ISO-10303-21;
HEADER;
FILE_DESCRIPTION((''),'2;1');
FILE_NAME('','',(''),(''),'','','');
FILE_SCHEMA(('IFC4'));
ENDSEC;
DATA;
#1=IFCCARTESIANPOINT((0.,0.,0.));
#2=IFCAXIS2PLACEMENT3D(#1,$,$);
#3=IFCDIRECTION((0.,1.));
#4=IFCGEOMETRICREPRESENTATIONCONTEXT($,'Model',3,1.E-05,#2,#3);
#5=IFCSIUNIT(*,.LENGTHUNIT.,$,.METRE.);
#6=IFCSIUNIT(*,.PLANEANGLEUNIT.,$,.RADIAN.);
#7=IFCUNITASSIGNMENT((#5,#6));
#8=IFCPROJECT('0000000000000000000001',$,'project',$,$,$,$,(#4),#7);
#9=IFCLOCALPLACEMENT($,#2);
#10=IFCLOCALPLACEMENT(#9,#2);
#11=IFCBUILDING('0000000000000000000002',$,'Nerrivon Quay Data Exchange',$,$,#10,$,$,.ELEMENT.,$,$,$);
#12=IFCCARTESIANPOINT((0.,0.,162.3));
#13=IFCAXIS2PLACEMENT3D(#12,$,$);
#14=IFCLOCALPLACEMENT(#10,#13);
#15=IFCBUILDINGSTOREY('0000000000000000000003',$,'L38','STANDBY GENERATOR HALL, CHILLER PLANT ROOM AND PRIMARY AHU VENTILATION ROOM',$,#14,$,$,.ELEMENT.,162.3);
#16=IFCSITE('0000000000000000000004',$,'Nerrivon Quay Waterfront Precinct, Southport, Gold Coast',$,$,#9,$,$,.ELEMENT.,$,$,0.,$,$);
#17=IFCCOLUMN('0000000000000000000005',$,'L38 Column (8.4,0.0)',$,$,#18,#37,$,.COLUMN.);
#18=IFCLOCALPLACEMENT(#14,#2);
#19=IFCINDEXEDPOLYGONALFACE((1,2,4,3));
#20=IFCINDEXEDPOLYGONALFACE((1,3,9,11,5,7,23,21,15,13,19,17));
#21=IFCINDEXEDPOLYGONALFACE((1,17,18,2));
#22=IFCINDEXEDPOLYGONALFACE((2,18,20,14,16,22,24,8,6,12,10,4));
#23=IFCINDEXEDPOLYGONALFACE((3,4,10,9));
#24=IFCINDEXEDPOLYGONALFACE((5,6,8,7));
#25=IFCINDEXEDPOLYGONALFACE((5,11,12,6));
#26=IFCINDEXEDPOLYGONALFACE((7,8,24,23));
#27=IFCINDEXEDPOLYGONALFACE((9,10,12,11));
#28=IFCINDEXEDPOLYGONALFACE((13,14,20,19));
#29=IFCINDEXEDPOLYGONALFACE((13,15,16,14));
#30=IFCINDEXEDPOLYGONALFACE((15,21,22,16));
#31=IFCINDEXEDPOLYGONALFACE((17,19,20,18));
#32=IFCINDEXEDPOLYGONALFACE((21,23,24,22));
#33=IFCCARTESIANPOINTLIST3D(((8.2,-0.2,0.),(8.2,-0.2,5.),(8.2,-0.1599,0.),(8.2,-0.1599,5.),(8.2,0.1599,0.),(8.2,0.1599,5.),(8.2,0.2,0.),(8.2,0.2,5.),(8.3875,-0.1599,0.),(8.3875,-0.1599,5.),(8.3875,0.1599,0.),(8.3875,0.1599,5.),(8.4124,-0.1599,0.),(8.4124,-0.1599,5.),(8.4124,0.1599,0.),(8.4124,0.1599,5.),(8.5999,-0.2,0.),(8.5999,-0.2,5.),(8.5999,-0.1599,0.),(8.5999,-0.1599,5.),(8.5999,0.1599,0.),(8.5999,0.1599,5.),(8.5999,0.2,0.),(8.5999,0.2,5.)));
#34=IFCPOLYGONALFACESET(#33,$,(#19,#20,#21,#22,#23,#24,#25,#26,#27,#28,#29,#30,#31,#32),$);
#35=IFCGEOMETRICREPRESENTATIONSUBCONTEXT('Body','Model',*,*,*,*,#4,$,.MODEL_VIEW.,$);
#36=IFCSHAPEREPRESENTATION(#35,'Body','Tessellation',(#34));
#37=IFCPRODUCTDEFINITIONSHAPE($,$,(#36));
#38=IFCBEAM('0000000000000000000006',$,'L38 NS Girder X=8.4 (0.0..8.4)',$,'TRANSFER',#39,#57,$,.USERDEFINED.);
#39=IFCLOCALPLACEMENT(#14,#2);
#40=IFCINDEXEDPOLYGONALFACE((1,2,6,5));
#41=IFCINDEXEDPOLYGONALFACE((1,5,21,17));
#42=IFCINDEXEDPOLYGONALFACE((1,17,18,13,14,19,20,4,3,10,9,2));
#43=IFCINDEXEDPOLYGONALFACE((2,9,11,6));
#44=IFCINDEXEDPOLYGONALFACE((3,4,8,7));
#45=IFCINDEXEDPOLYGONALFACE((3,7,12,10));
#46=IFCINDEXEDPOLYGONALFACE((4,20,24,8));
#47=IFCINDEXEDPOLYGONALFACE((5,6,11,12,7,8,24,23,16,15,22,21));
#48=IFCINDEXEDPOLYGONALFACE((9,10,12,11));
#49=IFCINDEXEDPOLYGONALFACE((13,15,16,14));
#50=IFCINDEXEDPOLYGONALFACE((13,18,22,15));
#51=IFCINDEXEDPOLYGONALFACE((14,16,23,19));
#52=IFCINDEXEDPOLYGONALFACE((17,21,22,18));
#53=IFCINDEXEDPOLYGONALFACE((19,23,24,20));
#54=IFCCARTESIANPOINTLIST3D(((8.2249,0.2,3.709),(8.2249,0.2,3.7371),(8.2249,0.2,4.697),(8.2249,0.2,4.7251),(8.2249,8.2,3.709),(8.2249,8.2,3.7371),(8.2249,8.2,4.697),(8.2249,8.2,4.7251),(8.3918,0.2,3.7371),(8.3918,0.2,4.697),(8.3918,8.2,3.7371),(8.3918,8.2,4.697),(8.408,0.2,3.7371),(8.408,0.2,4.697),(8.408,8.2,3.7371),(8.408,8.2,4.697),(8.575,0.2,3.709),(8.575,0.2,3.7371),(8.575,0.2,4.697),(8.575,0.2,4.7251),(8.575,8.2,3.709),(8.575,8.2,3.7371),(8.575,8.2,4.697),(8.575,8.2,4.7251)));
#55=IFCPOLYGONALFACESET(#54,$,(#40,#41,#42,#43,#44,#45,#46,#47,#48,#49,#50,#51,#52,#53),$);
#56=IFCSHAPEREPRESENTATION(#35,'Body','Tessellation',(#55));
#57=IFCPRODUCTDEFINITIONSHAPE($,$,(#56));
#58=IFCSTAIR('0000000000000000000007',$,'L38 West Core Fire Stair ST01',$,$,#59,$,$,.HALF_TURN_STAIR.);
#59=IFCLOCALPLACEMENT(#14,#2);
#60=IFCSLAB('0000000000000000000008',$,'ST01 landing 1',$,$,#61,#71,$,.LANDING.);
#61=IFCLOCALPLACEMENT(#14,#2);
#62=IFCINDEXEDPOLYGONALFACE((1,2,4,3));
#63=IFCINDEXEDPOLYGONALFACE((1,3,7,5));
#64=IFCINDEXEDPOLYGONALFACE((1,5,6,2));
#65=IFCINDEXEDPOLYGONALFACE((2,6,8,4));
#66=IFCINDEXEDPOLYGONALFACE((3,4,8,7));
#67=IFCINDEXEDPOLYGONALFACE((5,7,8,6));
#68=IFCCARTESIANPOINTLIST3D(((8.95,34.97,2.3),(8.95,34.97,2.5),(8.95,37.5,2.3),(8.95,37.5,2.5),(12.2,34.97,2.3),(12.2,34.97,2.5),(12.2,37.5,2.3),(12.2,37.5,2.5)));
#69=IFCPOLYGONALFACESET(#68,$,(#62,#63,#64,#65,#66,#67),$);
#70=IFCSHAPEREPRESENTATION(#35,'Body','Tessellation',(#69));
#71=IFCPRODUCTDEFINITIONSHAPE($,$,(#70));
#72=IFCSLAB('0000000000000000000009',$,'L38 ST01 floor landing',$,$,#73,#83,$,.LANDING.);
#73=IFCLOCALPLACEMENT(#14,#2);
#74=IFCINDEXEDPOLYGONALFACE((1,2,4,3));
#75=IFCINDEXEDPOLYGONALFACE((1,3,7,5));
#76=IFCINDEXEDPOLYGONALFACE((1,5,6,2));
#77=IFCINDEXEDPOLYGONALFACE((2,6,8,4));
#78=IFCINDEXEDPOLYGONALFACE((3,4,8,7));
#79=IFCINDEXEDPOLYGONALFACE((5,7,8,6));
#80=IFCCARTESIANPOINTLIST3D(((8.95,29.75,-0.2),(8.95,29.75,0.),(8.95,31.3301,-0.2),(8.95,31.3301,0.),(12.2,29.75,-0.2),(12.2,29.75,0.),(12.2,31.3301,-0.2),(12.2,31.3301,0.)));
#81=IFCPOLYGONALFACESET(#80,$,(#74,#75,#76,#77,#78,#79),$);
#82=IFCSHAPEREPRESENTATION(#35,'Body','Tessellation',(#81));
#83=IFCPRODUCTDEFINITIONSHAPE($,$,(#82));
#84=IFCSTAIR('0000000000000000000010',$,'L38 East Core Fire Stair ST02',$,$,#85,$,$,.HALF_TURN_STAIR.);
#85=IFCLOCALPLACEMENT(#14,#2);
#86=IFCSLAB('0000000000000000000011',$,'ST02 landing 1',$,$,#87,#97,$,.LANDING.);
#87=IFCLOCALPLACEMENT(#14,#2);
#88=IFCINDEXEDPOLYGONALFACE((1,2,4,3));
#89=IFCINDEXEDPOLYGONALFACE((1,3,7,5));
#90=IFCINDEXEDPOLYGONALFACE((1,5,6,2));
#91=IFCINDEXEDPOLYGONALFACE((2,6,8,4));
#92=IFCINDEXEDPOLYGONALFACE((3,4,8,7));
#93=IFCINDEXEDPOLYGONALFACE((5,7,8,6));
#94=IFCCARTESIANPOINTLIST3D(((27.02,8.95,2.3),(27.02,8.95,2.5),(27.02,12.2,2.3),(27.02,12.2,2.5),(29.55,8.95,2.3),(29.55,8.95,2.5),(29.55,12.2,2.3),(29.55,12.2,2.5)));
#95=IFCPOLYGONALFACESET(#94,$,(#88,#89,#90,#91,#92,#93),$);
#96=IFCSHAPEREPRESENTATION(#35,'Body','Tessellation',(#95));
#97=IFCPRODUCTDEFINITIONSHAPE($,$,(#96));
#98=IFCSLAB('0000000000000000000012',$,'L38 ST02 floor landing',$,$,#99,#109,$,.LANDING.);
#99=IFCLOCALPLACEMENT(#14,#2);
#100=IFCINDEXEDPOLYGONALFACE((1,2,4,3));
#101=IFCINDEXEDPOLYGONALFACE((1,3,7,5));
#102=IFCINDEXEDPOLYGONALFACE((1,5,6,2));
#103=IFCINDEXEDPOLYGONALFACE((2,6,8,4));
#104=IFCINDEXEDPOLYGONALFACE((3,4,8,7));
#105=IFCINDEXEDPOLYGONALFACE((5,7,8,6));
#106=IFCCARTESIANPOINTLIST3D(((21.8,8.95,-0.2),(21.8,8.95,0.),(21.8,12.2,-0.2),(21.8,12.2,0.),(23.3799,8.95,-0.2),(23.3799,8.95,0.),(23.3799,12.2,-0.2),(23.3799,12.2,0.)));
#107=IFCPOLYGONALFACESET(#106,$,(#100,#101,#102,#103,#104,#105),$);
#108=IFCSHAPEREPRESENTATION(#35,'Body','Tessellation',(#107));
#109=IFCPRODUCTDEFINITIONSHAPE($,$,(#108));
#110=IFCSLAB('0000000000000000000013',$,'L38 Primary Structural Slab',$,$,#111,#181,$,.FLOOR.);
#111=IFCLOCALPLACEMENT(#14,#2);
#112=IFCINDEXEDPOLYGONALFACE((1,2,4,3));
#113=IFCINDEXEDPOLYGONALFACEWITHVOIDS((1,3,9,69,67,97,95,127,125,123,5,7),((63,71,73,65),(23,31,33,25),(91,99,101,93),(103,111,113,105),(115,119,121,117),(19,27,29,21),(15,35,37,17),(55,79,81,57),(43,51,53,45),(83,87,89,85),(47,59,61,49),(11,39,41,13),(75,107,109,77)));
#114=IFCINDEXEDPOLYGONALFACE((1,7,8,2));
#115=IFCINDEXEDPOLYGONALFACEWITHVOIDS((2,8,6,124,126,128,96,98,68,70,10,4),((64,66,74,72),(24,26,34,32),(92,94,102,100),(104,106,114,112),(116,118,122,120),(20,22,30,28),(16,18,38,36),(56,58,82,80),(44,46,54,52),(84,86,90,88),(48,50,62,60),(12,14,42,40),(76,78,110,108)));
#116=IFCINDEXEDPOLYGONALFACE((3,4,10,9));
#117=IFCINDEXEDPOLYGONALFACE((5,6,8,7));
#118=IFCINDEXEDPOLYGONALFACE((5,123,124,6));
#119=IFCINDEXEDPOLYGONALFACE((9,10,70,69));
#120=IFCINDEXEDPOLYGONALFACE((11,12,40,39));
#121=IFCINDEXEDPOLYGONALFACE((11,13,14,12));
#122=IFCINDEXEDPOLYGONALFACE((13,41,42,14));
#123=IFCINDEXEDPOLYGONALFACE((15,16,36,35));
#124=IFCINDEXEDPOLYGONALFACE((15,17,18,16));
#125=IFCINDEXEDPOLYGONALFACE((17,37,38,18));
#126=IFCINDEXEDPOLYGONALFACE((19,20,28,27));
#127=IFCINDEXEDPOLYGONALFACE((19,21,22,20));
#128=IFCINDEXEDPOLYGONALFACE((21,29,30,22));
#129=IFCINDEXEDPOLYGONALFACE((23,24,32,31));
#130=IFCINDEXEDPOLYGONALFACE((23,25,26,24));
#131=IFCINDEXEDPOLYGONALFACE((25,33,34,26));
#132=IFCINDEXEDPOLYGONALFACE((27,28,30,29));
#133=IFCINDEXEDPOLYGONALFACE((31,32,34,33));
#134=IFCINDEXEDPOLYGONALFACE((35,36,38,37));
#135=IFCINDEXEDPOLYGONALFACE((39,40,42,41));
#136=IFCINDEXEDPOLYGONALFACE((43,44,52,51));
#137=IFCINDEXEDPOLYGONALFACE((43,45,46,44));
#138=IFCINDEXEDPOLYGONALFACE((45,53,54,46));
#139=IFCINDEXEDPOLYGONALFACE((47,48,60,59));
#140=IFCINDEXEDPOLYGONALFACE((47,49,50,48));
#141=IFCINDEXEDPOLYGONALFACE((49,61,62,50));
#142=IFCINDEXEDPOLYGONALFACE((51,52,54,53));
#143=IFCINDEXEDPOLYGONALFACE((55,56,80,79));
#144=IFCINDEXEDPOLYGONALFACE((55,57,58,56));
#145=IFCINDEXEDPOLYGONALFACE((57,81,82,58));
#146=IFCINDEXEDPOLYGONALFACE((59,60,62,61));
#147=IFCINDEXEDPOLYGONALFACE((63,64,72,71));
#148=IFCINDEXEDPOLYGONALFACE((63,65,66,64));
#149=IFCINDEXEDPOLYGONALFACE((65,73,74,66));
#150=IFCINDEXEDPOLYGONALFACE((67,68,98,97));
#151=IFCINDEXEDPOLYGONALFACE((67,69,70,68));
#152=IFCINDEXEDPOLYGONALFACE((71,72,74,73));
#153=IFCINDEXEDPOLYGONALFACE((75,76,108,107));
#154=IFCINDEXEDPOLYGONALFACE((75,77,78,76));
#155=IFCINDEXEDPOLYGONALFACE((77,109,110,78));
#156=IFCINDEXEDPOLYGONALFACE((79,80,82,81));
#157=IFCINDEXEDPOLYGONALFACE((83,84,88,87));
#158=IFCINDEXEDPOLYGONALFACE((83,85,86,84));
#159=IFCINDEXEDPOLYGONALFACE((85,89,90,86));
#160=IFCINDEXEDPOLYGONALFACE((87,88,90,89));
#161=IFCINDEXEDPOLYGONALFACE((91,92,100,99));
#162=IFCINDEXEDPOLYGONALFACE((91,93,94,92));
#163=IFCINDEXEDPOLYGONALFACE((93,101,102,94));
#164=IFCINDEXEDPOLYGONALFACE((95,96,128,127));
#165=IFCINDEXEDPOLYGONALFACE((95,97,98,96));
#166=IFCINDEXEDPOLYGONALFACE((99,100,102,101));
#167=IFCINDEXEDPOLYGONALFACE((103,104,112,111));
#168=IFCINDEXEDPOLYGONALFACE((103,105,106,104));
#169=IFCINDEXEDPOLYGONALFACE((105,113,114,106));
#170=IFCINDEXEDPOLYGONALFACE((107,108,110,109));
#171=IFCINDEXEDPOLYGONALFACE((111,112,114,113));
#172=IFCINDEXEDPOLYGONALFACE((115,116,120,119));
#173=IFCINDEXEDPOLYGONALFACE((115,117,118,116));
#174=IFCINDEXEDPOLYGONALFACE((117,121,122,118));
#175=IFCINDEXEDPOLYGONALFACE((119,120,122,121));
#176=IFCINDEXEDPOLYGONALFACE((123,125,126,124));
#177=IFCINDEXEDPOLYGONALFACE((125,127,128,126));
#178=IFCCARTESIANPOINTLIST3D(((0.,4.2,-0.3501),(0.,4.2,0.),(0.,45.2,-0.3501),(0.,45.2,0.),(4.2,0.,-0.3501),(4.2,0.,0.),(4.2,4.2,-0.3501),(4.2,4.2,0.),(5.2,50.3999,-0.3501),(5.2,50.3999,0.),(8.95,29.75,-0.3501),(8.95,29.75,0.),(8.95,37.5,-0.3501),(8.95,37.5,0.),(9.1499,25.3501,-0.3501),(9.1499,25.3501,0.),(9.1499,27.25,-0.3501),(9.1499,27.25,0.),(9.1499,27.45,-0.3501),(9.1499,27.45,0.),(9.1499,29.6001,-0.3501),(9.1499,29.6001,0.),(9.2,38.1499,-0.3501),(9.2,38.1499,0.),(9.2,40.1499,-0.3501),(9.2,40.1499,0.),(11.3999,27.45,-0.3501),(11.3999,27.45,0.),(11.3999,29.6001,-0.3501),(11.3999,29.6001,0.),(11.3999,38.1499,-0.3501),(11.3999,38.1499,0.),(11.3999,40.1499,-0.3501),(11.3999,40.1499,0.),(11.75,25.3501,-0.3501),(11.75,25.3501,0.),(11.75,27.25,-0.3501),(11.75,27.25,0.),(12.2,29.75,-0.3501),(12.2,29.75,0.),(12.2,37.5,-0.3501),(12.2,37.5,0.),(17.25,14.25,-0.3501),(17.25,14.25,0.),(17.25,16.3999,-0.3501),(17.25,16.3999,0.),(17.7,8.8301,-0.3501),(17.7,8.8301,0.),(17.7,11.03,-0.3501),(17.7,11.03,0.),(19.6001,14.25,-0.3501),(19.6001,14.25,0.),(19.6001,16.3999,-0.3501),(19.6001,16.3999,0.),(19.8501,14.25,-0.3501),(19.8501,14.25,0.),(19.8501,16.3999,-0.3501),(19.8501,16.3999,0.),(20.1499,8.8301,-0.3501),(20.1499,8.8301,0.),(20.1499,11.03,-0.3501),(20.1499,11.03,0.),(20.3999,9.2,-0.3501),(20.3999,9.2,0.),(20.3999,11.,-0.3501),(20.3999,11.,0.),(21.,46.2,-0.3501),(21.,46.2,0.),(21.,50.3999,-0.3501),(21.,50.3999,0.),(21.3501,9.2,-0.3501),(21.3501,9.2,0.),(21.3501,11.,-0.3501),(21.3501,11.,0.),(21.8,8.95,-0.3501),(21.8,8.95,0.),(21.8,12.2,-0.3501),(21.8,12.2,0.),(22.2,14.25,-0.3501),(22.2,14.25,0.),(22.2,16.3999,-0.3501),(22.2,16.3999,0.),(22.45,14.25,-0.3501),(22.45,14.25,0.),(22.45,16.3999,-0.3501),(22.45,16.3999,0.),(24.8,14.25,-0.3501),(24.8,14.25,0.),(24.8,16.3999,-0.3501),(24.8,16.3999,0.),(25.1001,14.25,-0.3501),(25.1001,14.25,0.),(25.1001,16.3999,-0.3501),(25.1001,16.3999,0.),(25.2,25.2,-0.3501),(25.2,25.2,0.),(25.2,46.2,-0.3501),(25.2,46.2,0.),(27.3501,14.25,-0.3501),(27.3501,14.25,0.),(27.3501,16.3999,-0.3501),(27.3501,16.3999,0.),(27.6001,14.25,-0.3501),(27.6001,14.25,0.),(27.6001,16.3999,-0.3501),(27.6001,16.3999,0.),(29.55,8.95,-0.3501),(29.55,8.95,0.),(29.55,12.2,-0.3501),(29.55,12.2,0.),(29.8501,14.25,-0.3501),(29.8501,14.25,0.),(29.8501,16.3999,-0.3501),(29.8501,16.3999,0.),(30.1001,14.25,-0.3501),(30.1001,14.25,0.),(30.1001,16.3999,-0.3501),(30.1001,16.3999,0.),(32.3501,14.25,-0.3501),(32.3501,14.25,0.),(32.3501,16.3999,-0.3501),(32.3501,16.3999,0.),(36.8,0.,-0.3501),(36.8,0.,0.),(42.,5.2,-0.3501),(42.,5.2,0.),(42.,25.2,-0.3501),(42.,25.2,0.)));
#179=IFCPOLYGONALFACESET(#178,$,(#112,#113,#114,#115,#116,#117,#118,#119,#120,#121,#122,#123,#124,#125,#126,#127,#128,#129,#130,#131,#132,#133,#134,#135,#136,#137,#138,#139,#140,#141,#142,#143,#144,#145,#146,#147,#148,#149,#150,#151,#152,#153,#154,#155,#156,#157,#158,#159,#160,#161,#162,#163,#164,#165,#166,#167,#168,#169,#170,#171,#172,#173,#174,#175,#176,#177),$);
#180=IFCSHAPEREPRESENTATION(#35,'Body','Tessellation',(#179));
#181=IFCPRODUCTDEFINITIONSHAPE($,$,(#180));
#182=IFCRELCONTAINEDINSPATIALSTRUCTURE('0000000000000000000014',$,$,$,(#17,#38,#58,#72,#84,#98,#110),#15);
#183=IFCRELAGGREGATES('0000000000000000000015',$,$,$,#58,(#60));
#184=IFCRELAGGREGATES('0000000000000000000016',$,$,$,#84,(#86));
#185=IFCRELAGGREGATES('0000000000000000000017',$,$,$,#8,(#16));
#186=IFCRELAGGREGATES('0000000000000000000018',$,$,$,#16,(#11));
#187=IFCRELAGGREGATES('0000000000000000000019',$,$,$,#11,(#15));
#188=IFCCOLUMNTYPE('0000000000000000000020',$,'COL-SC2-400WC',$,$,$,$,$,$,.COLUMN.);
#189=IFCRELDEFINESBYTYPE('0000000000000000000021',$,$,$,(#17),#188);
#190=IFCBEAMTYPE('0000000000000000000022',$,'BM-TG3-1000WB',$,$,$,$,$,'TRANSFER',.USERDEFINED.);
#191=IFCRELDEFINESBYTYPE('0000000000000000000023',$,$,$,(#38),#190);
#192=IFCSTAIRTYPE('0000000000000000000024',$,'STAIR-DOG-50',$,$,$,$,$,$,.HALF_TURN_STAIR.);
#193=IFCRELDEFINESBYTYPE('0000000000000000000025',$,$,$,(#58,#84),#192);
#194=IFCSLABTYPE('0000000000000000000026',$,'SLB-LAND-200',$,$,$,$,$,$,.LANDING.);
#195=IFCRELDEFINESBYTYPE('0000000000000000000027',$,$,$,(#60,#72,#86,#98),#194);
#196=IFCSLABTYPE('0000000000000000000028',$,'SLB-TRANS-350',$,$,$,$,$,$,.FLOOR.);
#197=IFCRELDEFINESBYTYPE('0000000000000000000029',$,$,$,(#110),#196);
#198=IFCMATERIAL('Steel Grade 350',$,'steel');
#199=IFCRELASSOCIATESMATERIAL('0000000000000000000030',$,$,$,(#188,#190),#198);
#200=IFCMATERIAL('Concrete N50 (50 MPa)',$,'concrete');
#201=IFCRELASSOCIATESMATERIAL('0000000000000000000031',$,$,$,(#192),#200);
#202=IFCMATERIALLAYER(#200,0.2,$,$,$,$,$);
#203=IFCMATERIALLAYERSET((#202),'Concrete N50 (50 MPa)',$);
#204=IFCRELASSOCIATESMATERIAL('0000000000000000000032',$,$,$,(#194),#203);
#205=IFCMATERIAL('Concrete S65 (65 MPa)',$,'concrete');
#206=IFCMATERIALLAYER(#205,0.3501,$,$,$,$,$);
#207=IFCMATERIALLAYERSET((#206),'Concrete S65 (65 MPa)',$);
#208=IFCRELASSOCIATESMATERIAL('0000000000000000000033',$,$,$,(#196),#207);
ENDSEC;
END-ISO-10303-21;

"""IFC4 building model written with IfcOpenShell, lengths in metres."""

from ifc_helpers import new_model, si_unit, direction, frame, origin, origin_2d, place, context, subcontext, project, spatial, polyline, i_section, outline, extrude, material, layer, layer_set, material_profile, profile_set, type_object, element, aggregate, save


model = new_model("IFC4")

# Units and contexts
model_context = context("Model", 3, precision=1e-05, world=origin(), true_north=direction((0.0, 1.0)))
body_context = subcontext(model_context, "Body", "Model", "MODEL_VIEW")
ifc_project = project(units=[si_unit("LENGTHUNIT", "METRE"), si_unit("PLANEANGLEUNIT", "RADIAN")], contexts=[model_context])

# Site, building, storey
site_placement = place(None, origin())
site = spatial("IfcSite", under=ifc_project, at=site_placement, Name="Nerrivon Quay Waterfront Precinct, Southport, Gold Coast", CompositionType="ELEMENT", RefElevation=0.0)
building_placement = place(site_placement, origin())
building = spatial("IfcBuilding", under=site, at=building_placement, Name="Nerrivon Quay Data Exchange", CompositionType="ELEMENT")
storey_placement = place(building_placement, frame((0.0, 0.0, 162.3)))
storey = spatial("IfcBuildingStorey", under=building, at=storey_placement, Name="L38", Description="STANDBY GENERATOR HALL, CHILLER PLANT ROOM AND PRIMARY AHU VENTILATION ROOM", CompositionType="ELEMENT", Elevation=162.3)

# Column
ifc_material_1 = material(Name="Steel Grade 350", Category="steel")
ifc_material_profile_1 = material_profile(ifc_material_1, i_section(OverallWidth=0.3999, OverallDepth=0.3999, WebThickness=0.0249, FlangeThickness=0.04, at=origin_2d()), Name="400WC328")
ifc_profile_set_1 = profile_set([ifc_material_profile_1], Name="Steel Grade 350")
column_type = type_object("IfcColumnType", Name="COL-SC2-400WC", PredefinedType="COLUMN", material=ifc_profile_set_1)
column_placement = place(storey_placement, frame((8.3999, 0.0, 0.0), z_axis=(0.0, 0.0, 1.0), x_axis=(1.0, 0.0, 0.0)))
element("IfcColumn", 1, at=column_placement, inside=storey, type_object=column_type, Name="L38 Column (8.4,0.0)", PredefinedType="COLUMN", context=body_context, shape_type="SweptSolid", body=[
    extrude(i_section(OverallWidth=0.3999, OverallDepth=0.3999, WebThickness=0.0249, FlangeThickness=0.04, at=origin_2d()), origin(), (0.0, 0.0, 1.0), 5.0),
])

# Beam
ifc_material_profile_2 = material_profile(ifc_material_1, i_section(OverallWidth=0.3501, OverallDepth=1.0161, WebThickness=0.0161, FlangeThickness=0.0281, at=origin_2d()), Name="1000WB258")
ifc_profile_set_2 = profile_set([ifc_material_profile_2], Name="Steel Grade 350")
beam_type = type_object("IfcBeamType", Name="BM-TG3-1000WB", ElementType="TRANSFER", PredefinedType="USERDEFINED", material=ifc_profile_set_2)
beam_placement = place(storey_placement, frame((8.3999, 0.2, 4.217), z_axis=(0.0, 1.0, 0.0), x_axis=(-1.0, 0.0, 0.0)))
element("IfcBeam", 2, at=beam_placement, inside=storey, type_object=beam_type, Name="L38 NS Girder X=8.4 (0.0..8.4)", ObjectType="TRANSFER", PredefinedType="USERDEFINED", context=body_context, shape_type="SweptSolid", body=[
    extrude(i_section(OverallWidth=0.3501, OverallDepth=1.0161, WebThickness=0.0161, FlangeThickness=0.0281, at=origin_2d()), origin(), (0.0, 0.0, 1.0), 8.0),
])

# Stair, slab
ifc_material_2 = material(Name="Concrete N50 (50 MPa)", Category="concrete")
stair_type = type_object("IfcStairType", Name="STAIR-DOG-50", PredefinedType="HALF_TURN_STAIR", material=ifc_material_2)
stair_1_placement = place(storey_placement, origin())
stair_1 = element("IfcStair", 3, at=stair_1_placement, inside=storey, type_object=stair_type, Name="L38 West Core Fire Stair ST01", PredefinedType="HALF_TURN_STAIR")
ifc_layer_1 = layer(ifc_material_2, 0.2)
ifc_layer_set_1 = layer_set([ifc_layer_1], Name="Concrete N50 (50 MPa)")
slab_type_1 = type_object("IfcSlabType", Name="SLB-LAND-200", PredefinedType="LANDING", material=ifc_layer_set_1)
slab_1_placement = place(storey_placement, frame((0.0, 0.0, 2.3)))
slab_1 = element("IfcSlab", 4, at=slab_1_placement, type_object=slab_type_1, Name="ST01 landing 1", PredefinedType="LANDING", context=body_context, shape_type="SweptSolid", body=[
    extrude(outline(polyline([(12.2, 34.97), (12.2, 37.5), (8.95, 37.5), (8.95, 34.97), (12.2, 34.97)])), origin(), (0.0, 0.0, 1.0), 0.2),
])
aggregate(stair_1, [slab_1])

# Slab
slab_2_placement = place(storey_placement, frame((0.0, 0.0, -0.2)))
element("IfcSlab", 5, at=slab_2_placement, inside=storey, type_object=slab_type_1, Name="L38 ST01 floor landing", PredefinedType="LANDING", context=body_context, shape_type="SweptSolid", body=[
    extrude(outline(polyline([(12.2, 29.75), (12.2, 31.3301), (8.95, 31.3301), (8.95, 29.75), (12.2, 29.75)])), origin(), (0.0, 0.0, 1.0), 0.2),
])

# Stair, slab
stair_2_placement = place(storey_placement, origin())
stair_2 = element("IfcStair", 6, at=stair_2_placement, inside=storey, type_object=stair_type, Name="L38 East Core Fire Stair ST02", PredefinedType="HALF_TURN_STAIR")
slab_3_placement = place(storey_placement, frame((0.0, 0.0, 2.3)))
slab_3 = element("IfcSlab", 7, at=slab_3_placement, type_object=slab_type_1, Name="ST02 landing 1", PredefinedType="LANDING", context=body_context, shape_type="SweptSolid", body=[
    extrude(outline(polyline([(27.02, 8.95), (29.55, 8.95), (29.55, 12.2), (27.02, 12.2), (27.02, 8.95)])), origin(), (0.0, 0.0, 1.0), 0.2),
])
aggregate(stair_2, [slab_3])

# Slabs
slab_4_placement = place(storey_placement, frame((0.0, 0.0, -0.2)))
element("IfcSlab", 8, at=slab_4_placement, inside=storey, type_object=slab_type_1, Name="L38 ST02 floor landing", PredefinedType="LANDING", context=body_context, shape_type="SweptSolid", body=[
    extrude(outline(polyline([(21.8, 8.95), (23.3799, 8.95), (23.3799, 12.2), (21.8, 12.2), (21.8, 8.95)])), origin(), (0.0, 0.0, 1.0), 0.2),
])
ifc_material_3 = material(Name="Concrete S65 (65 MPa)", Category="concrete")
ifc_layer_2 = layer(ifc_material_3, 0.3501)
ifc_layer_set_2 = layer_set([ifc_layer_2], Name="Concrete S65 (65 MPa)")
slab_type_2 = type_object("IfcSlabType", Name="SLB-TRANS-350", PredefinedType="FLOOR", material=ifc_layer_set_2)
slab_5_placement = place(storey_placement, frame((0.0, 0.0, -0.3501)))
element("IfcSlab", 9, at=slab_5_placement, inside=storey, type_object=slab_type_2, Name="L38 Primary Structural Slab", PredefinedType="FLOOR", context=body_context, shape_type="SweptSolid", body=[
    extrude(outline(polyline([(42.0, 25.2), (25.2, 25.2), (25.2, 46.2), (21.0, 46.2), (21.0, 50.3999), (5.2, 50.3999), (0.0, 45.2), (0.0, 4.2), (4.2, 4.2), (4.2, 0.0), (36.8, 0.0), (42.0, 5.2), (42.0, 25.2)]), holes=[polyline([(8.95, 29.75), (8.95, 37.5), (12.2, 37.5), (12.2, 29.75), (8.95, 29.75)]), polyline([(21.8, 12.2), (29.55, 12.2), (29.55, 8.95), (21.8, 8.95), (21.8, 12.2)]), polyline([(30.1001, 16.3999), (32.3501, 16.3999), (32.3501, 14.25), (30.1001, 14.25), (30.1001, 16.3999)]), polyline([(27.6001, 16.3999), (29.8501, 16.3999), (29.8501, 14.25), (27.6001, 14.25), (27.6001, 16.3999)]), polyline([(25.1001, 14.25), (25.1001, 16.3999), (27.3501, 16.3999), (27.3501, 14.25), (25.1001, 14.25)]), polyline([(22.45, 16.3999), (24.8, 16.3999), (24.8, 14.25), (22.45, 14.25), (22.45, 16.3999)]), polyline([(19.8501, 16.3999), (22.2, 16.3999), (22.2, 14.25), (19.8501, 14.25), (19.8501, 16.3999)]), polyline([(20.3999, 9.2), (20.3999, 11.0), (21.3501, 11.0), (21.3501, 9.2), (20.3999, 9.2)]), polyline([(17.7, 8.8301), (17.7, 11.03), (20.1499, 11.03), (20.1499, 8.8301), (17.7, 8.8301)]), polyline([(17.25, 14.25), (17.25, 16.3999), (19.6001, 16.3999), (19.6001, 14.25), (17.25, 14.25)]), polyline([(9.1499, 27.25), (11.75, 27.25), (11.75, 25.3501), (9.1499, 25.3501), (9.1499, 27.25)]), polyline([(9.1499, 29.6001), (11.3999, 29.6001), (11.3999, 27.45), (9.1499, 27.45), (9.1499, 29.6001)]), polyline([(9.2, 38.1499), (9.2, 40.1499), (11.3999, 40.1499), (11.3999, 38.1499), (9.2, 38.1499)])]), origin(), (0.0, 0.0, 1.0), 0.3501),
])

save(model, "model.ifc")
